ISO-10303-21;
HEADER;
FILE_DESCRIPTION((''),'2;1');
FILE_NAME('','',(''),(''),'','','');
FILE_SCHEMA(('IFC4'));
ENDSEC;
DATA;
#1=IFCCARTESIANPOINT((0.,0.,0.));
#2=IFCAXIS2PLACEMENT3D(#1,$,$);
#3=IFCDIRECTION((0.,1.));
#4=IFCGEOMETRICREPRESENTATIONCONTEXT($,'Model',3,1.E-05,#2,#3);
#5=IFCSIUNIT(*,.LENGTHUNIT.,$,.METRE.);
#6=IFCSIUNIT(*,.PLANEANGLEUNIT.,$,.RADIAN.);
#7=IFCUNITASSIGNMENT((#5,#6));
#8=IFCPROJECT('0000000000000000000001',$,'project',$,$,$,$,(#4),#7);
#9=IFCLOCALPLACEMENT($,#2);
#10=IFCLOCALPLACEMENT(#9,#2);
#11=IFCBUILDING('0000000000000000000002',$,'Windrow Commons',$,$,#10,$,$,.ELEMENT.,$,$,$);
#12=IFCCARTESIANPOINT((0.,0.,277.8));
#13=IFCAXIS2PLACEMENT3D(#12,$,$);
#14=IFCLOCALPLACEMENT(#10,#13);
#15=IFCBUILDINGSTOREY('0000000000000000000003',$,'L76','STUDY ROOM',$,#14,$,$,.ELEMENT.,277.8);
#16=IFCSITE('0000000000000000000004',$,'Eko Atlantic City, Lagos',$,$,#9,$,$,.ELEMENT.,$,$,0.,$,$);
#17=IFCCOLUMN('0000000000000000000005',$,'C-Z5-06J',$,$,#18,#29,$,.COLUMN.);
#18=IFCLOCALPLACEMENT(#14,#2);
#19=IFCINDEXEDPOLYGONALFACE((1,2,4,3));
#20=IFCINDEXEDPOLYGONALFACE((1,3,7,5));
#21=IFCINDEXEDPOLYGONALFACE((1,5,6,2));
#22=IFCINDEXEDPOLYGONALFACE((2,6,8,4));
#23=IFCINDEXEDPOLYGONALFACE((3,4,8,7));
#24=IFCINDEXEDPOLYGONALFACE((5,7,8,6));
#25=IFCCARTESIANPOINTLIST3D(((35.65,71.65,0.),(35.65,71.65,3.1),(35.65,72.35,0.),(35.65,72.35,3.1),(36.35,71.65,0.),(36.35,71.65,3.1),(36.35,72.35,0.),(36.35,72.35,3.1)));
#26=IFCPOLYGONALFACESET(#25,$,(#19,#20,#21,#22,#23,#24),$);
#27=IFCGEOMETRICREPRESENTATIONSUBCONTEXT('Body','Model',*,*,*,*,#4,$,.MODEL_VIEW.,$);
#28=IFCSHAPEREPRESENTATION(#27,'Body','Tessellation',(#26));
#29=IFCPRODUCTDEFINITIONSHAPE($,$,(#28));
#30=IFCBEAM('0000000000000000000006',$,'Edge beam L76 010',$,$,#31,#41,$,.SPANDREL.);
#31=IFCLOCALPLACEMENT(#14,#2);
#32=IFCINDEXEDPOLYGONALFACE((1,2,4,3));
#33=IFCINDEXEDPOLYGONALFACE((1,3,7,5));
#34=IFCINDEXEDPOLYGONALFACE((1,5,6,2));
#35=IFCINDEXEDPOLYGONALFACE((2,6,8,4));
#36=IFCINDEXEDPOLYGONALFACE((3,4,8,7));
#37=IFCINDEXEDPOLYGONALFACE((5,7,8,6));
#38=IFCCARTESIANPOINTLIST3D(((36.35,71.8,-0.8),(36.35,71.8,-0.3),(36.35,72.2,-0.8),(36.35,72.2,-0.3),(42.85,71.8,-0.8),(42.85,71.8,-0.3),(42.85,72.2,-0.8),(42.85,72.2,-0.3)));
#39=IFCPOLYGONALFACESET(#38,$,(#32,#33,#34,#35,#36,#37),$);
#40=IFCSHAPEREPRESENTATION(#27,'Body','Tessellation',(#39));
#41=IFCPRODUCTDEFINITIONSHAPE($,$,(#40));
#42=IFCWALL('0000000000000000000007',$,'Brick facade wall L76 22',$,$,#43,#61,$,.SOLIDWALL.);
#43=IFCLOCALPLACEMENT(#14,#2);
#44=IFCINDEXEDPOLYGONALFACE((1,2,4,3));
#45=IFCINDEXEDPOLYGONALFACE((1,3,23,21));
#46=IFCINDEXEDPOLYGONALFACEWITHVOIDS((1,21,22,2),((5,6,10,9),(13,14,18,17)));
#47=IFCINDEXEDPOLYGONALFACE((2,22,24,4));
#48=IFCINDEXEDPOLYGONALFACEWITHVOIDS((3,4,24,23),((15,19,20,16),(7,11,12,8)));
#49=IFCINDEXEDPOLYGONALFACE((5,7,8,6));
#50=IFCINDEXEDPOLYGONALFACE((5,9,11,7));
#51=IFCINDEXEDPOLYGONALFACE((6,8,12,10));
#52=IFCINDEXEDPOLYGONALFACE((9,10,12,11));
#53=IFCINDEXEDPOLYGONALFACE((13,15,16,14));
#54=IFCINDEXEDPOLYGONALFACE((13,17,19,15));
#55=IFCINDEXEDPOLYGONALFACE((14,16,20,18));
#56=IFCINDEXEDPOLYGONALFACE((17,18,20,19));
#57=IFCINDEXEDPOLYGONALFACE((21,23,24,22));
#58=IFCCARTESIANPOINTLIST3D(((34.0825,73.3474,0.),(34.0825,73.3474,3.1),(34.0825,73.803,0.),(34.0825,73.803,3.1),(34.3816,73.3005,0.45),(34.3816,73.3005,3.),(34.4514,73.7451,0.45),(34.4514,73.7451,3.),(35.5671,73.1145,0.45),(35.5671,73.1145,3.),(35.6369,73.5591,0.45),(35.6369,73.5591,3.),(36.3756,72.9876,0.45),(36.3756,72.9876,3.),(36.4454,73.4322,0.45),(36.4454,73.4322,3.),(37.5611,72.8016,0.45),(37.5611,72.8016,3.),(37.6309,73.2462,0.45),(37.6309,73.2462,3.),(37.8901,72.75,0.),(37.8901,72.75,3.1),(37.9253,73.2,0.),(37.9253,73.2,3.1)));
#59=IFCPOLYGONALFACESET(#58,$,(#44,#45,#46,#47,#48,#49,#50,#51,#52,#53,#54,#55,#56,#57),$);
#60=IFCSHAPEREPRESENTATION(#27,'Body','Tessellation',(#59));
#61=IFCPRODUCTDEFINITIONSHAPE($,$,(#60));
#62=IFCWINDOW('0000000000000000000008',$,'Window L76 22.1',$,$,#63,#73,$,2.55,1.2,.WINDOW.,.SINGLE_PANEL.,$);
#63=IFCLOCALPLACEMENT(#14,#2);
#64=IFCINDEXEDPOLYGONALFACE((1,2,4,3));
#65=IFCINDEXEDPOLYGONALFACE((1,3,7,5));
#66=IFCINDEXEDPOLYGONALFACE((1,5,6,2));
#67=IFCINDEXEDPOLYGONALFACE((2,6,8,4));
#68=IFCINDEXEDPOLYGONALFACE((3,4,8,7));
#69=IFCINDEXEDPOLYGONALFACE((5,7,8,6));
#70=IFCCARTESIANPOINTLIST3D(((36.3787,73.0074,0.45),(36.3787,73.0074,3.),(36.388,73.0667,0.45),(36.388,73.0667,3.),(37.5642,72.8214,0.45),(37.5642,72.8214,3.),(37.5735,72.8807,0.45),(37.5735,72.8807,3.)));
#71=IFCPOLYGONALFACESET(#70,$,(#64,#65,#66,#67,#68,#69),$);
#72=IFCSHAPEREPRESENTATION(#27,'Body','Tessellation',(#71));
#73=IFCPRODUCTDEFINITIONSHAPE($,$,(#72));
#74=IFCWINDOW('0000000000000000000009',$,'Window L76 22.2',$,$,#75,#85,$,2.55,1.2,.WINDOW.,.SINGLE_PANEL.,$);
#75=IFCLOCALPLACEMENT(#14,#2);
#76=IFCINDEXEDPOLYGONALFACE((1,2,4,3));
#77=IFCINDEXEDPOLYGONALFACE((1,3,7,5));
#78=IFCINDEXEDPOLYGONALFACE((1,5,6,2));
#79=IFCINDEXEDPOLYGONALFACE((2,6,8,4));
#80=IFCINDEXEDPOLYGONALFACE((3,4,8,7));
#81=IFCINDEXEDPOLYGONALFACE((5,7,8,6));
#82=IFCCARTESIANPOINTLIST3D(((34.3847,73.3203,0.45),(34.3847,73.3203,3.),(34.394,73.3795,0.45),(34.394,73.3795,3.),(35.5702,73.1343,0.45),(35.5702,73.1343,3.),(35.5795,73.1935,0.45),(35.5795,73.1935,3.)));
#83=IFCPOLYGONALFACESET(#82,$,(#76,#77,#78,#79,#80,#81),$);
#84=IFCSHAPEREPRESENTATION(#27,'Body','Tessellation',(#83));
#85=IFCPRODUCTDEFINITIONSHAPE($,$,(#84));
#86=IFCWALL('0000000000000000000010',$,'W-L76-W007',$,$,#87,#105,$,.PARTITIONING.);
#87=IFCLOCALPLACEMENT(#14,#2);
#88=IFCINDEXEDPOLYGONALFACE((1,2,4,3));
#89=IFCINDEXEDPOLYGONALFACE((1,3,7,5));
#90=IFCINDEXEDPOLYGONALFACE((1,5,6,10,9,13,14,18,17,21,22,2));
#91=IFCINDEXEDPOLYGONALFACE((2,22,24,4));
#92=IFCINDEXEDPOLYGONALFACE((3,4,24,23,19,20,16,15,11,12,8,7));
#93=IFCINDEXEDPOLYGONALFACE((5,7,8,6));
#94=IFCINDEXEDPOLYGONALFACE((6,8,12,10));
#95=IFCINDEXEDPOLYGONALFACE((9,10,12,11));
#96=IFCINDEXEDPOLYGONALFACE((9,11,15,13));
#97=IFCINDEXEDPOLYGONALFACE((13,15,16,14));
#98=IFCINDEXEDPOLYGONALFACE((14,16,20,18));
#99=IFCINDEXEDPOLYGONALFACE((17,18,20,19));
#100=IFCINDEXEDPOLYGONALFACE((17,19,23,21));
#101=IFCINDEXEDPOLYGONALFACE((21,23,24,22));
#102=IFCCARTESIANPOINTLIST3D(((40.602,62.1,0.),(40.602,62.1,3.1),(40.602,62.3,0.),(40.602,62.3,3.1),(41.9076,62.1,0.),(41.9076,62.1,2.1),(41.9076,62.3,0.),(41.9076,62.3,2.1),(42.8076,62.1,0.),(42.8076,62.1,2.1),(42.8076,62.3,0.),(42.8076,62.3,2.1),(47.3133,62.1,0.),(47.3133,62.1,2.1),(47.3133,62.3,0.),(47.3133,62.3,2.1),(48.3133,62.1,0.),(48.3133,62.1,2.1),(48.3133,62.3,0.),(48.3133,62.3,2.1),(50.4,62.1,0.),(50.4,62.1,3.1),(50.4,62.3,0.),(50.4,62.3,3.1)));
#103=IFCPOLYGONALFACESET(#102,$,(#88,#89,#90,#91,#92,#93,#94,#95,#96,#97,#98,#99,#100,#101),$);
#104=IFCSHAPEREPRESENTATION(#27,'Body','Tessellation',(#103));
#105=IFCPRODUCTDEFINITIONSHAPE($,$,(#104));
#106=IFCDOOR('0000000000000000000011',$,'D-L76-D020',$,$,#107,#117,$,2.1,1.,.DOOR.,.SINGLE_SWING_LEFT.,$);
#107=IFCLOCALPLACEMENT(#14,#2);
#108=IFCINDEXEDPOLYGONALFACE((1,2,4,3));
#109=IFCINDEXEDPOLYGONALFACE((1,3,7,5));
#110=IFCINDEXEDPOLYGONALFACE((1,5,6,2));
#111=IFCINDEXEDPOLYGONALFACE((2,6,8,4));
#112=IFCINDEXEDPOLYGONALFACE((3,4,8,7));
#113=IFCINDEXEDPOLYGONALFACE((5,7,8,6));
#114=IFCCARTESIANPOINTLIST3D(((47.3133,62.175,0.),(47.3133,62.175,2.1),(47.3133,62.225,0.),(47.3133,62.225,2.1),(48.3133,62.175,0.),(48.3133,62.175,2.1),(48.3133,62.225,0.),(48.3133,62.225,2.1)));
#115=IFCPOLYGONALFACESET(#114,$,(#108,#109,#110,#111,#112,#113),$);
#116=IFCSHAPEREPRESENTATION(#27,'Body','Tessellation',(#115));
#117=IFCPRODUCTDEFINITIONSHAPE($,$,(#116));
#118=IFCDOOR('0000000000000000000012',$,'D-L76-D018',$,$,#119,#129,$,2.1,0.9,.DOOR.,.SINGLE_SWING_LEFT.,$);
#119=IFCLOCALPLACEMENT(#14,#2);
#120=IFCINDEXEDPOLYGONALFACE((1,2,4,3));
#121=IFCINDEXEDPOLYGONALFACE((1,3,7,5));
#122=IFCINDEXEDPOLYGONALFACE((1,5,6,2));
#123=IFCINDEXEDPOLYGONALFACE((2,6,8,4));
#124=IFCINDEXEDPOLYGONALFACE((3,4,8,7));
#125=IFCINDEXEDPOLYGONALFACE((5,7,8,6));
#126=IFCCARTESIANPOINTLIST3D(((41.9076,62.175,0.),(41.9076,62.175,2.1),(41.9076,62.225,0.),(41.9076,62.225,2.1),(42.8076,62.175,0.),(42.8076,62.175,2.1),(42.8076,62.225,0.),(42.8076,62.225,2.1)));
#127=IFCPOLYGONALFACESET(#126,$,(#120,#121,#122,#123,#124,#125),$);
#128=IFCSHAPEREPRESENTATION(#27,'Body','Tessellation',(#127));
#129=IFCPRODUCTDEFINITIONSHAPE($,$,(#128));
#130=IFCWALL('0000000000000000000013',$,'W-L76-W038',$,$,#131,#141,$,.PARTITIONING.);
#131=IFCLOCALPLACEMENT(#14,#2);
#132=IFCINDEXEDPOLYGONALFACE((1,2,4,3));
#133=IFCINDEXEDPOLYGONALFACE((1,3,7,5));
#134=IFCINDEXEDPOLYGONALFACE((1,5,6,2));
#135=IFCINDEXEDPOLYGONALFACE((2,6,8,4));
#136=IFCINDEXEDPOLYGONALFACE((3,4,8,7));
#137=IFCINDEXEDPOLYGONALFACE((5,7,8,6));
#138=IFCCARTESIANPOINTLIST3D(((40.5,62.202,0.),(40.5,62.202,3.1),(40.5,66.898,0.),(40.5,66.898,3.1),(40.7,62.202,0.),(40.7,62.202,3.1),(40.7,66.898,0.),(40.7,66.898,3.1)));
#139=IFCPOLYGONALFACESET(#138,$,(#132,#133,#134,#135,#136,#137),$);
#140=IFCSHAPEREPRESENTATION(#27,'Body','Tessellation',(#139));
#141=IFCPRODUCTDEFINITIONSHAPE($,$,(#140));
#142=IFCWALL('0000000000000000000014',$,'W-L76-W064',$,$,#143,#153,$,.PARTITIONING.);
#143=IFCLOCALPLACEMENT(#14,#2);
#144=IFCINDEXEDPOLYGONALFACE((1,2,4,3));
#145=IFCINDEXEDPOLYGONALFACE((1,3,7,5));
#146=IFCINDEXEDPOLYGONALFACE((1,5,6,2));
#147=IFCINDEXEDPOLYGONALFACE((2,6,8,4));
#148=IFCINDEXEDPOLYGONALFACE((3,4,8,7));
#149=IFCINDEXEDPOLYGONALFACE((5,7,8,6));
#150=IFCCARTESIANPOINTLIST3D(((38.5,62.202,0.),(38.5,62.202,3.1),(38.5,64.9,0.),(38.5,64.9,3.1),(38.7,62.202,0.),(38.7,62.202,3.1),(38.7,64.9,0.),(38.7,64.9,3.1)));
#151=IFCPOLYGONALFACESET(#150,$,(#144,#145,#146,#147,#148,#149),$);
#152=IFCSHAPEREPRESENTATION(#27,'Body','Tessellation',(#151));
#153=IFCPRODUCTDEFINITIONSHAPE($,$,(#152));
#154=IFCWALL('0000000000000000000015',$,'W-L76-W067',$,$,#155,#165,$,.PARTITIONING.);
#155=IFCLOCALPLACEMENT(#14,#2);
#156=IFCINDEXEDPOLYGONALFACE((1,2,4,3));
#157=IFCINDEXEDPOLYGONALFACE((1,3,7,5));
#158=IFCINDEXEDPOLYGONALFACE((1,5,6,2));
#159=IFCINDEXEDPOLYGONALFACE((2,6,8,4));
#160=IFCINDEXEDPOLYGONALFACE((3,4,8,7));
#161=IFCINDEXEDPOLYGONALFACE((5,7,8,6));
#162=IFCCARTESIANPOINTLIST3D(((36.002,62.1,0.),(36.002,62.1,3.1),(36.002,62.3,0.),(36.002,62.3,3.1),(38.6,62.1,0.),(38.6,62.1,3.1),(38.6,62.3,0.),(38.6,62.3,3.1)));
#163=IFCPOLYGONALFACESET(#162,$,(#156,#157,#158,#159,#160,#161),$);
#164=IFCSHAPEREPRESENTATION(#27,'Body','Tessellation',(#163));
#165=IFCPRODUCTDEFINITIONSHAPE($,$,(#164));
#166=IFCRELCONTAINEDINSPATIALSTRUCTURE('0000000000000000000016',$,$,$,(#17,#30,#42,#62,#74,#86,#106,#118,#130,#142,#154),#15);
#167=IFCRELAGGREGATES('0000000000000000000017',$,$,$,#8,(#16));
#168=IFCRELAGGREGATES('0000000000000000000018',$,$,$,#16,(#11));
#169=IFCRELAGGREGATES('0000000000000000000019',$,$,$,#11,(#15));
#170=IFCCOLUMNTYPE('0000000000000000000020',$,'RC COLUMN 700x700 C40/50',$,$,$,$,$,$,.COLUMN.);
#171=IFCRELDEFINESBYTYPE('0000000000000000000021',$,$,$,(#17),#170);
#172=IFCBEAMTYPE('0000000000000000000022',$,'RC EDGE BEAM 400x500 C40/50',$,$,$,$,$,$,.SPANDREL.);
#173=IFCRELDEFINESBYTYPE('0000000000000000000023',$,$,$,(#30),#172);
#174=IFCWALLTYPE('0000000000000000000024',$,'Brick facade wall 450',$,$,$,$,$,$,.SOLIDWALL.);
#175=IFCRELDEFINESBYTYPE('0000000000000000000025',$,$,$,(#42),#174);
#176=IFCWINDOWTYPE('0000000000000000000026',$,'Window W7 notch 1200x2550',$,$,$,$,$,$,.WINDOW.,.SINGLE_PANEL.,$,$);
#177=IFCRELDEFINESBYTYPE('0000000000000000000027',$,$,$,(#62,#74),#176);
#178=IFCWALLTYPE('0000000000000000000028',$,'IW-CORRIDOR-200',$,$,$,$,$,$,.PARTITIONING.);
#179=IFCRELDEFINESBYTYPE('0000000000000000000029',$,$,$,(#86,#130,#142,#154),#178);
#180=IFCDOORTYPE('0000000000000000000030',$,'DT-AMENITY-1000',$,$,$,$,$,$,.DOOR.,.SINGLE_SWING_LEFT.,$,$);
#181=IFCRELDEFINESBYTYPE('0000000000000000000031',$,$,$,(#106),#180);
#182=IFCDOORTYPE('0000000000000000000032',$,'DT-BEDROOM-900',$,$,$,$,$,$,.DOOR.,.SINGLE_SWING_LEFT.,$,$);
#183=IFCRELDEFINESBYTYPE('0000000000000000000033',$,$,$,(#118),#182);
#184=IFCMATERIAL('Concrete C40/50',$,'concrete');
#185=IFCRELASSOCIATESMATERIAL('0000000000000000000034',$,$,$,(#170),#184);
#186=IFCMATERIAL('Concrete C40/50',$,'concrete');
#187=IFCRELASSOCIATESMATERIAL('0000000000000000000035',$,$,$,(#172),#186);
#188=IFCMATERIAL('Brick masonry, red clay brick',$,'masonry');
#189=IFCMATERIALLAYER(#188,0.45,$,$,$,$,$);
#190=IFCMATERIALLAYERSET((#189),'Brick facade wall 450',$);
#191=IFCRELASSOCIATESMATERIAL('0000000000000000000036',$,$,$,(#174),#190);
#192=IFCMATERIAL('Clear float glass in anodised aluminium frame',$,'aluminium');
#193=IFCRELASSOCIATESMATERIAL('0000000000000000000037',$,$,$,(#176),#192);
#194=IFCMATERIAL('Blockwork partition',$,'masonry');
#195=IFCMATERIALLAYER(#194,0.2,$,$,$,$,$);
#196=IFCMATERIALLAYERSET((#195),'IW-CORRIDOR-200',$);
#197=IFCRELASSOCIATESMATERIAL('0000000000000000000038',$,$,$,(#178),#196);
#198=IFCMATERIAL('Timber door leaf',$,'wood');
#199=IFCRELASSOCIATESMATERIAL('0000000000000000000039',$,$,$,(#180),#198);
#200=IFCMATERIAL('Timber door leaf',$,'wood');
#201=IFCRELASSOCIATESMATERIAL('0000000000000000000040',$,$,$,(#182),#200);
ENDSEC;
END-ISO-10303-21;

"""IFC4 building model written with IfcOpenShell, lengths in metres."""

from ifc_helpers import new_model, si_unit, direction, frame, frame_2d, origin, origin_2d, place, context, subcontext, project, spatial, polyline, rectangle, outline, extrude, material, layer, layer_set, material_profile, profile_set, type_object, element, fill, save


model = new_model("IFC4")

# Units and contexts
model_context = context("Model", 3, precision=1e-05, world=origin(), true_north=direction((0.0, 1.0)))
body_context = subcontext(model_context, "Body", "Model", "MODEL_VIEW")
ifc_project = project(units=[si_unit("LENGTHUNIT", "METRE"), si_unit("PLANEANGLEUNIT", "RADIAN")], contexts=[model_context])

# Site, building, storey
site_placement = place(None, origin())
site = spatial("IfcSite", under=ifc_project, at=site_placement, Name="Eko Atlantic City, Lagos", CompositionType="ELEMENT", RefElevation=0.0)
building_placement = place(site_placement, origin())
building = spatial("IfcBuilding", under=site, at=building_placement, Name="Windrow Commons", CompositionType="ELEMENT")
storey_placement = place(building_placement, frame((0.0, 0.0, 277.8)))
storey = spatial("IfcBuildingStorey", under=building, at=storey_placement, Name="L76", Description="STUDY ROOM", CompositionType="ELEMENT", Elevation=277.8)

# Column
ifc_material_1 = material(Name="Concrete C40/50", Category="concrete")
ifc_material_profile_1 = material_profile(ifc_material_1, rectangle(XDim=0.7, YDim=0.7, at=origin_2d()))
ifc_profile_set_1 = profile_set([ifc_material_profile_1], Name="Concrete C40/50")
column_type = type_object("IfcColumnType", Name="RC COLUMN 700x700 C40/50", PredefinedType="COLUMN", material=ifc_profile_set_1)
column_placement = place(storey_placement, frame((36.0, 72.0, 0.0), z_axis=(0.0, 0.0, 1.0), x_axis=(1.0, 0.0, 0.0)))
element("IfcColumn", 1, at=column_placement, inside=storey, type_object=column_type, Name="C-Z5-06J", PredefinedType="COLUMN", context=body_context, shape_type="SweptSolid", body=[
    extrude(rectangle(XDim=0.7, YDim=0.7, at=origin_2d()), origin(), (0.0, 0.0, 1.0), 3.1),
])

# Beam
ifc_material_2 = material(Name="Concrete C40/50", Category="concrete")
ifc_material_profile_2 = material_profile(ifc_material_2, rectangle(XDim=0.4, YDim=0.5, at=origin_2d()))
ifc_profile_set_2 = profile_set([ifc_material_profile_2], Name="Concrete C40/50")
beam_type = type_object("IfcBeamType", Name="RC EDGE BEAM 400x500 C40/50", PredefinedType="SPANDREL", material=ifc_profile_set_2)
beam_placement = place(storey_placement, frame((36.35, 72.0, -0.55), z_axis=(1.0, 0.0, 0.0), x_axis=(0.0, 1.0, 0.0)))
element("IfcBeam", 2, at=beam_placement, inside=storey, type_object=beam_type, Name="Edge beam L76 010", PredefinedType="SPANDREL", context=body_context, shape_type="SweptSolid", body=[
    extrude(rectangle(XDim=0.4, YDim=0.5, at=origin_2d()), origin(), (0.0, 0.0, 1.0), 6.5),
])

# Wall, openings, windows
ifc_material_3 = material(Name="Brick masonry, red clay brick", Category="masonry")
ifc_layer_1 = layer(ifc_material_3, 0.45)
ifc_layer_set_1 = layer_set([ifc_layer_1], Name="Brick facade wall 450")
wall_type_1 = type_object("IfcWallType", Name="Brick facade wall 450", PredefinedType="SOLIDWALL", material=ifc_layer_set_1)
wall_1_placement = place(storey_placement, frame((37.9077, 72.975, 0.0), z_axis=(0.0, 0.0, 1.0), x_axis=(-0.987913, 0.15501, 0.0)))
wall_1 = element("IfcWall", 3, at=wall_1_placement, inside=storey, type_object=wall_type_1, Name="Brick facade wall L76 22", PredefinedType="SOLIDWALL", context=body_context, shape_type="SweptSolid", body=[
    extrude(outline(polyline([(0.0175, -0.225), (3.9073, -0.225), (3.8367, 0.225), (-0.0175, 0.225), (0.0175, -0.225)])), origin(), (0.0, 0.0, 1.0), 3.1),
])
opening_1_placement = place(wall_1_placement, frame((0.3155, 0.0, 0.45)))
opening_1 = element("IfcOpeningElement", 4, at=opening_1_placement, cuts=wall_1, PredefinedType="OPENING", context=body_context, shape_type="SweptSolid", body=[
    extrude(rectangle(XDim=1.2, YDim=2.55, at=frame_2d((0.6, 1.275))), frame((0.0, 0.235, 0.0), z_axis=(0.0, -1.0, 0.0), x_axis=(1.0, 0.0, 0.0)), (0.0, 0.0, 1.0), 0.47),
])
opening_2_placement = place(wall_1_placement, frame((2.3339, 0.0, 0.45)))
opening_2 = element("IfcOpeningElement", 5, at=opening_2_placement, cuts=wall_1, PredefinedType="OPENING", context=body_context, shape_type="SweptSolid", body=[
    extrude(rectangle(XDim=1.2, YDim=2.55, at=frame_2d((0.6, 1.275))), frame((0.0, 0.235, 0.0), z_axis=(0.0, -1.0, 0.0), x_axis=(1.0, 0.0, 0.0)), (0.0, 0.0, 1.0), 0.47),
])
ifc_material_4 = material(Name="Clear float glass in anodised aluminium frame", Category="aluminium")
window_type = type_object("IfcWindowType", Name="Window W7 notch 1200x2550", PartitioningType="SINGLE_PANEL", PredefinedType="WINDOW", material=ifc_material_4)
window_1_placement = place(opening_1_placement, origin())
window_1 = element("IfcWindow", 6, at=window_1_placement, inside=storey, type_object=window_type, Name="Window L76 22.1", OverallHeight=2.55, OverallWidth=1.2, PartitioningType="SINGLE_PANEL", PredefinedType="WINDOW", context=body_context, shape_type="SweptSolid", body=[
    extrude(rectangle(XDim=1.2, YDim=2.55, at=frame_2d((0.6, 1.275))), frame((0.0, 0.205, 0.0), z_axis=(0.0, -1.0, 0.0), x_axis=(1.0, 0.0, 0.0)), (0.0, 0.0, 1.0), 0.06),
])
fill(opening_1, window_1)
window_2_placement = place(opening_2_placement, origin())
window_2 = element("IfcWindow", 7, at=window_2_placement, inside=storey, type_object=window_type, Name="Window L76 22.2", OverallHeight=2.55, OverallWidth=1.2, PartitioningType="SINGLE_PANEL", PredefinedType="WINDOW", context=body_context, shape_type="SweptSolid", body=[
    extrude(rectangle(XDim=1.2, YDim=2.55, at=frame_2d((0.6, 1.275))), frame((0.0, 0.205, 0.0), z_axis=(0.0, -1.0, 0.0), x_axis=(1.0, 0.0, 0.0)), (0.0, 0.0, 1.0), 0.06),
])
fill(opening_2, window_2)

# Wall, openings, doors
ifc_material_5 = material(Name="Blockwork partition", Category="masonry")
ifc_layer_2 = layer(ifc_material_5, 0.2)
ifc_layer_set_2 = layer_set([ifc_layer_2], Name="IW-CORRIDOR-200")
wall_type_2 = type_object("IfcWallType", Name="IW-CORRIDOR-200", PredefinedType="PARTITIONING", material=ifc_layer_set_2)
wall_2_placement = place(storey_placement, frame((40.602, 62.2, 0.0), z_axis=(0.0, 0.0, 1.0), x_axis=(1.0, 0.0, 0.0)))
wall_2 = element("IfcWall", 8, at=wall_2_placement, inside=storey, type_object=wall_type_2, Name="W-L76-W007", PredefinedType="PARTITIONING", context=body_context, shape_type="SweptSolid", body=[
    extrude(rectangle(XDim=9.798, YDim=0.2, at=frame_2d((4.899, 0.0))), origin(), (0.0, 0.0, 1.0), 3.1),
])
opening_3_placement = place(wall_2_placement, frame((1.3056, 0.0, 0.0)))
opening_3 = element("IfcOpeningElement", 9, at=opening_3_placement, cuts=wall_2, PredefinedType="OPENING", context=body_context, shape_type="SweptSolid", body=[
    extrude(rectangle(XDim=0.9, YDim=2.1, at=frame_2d((0.45, 1.05))), frame((0.0, 0.11, 0.0), z_axis=(0.0, -1.0, 0.0), x_axis=(1.0, 0.0, 0.0)), (0.0, 0.0, 1.0), 0.22),
])
opening_4_placement = place(wall_2_placement, frame((6.7113, 0.0, 0.0)))
opening_4 = element("IfcOpeningElement", 10, at=opening_4_placement, cuts=wall_2, PredefinedType="OPENING", context=body_context, shape_type="SweptSolid", body=[
    extrude(rectangle(XDim=1.0, YDim=2.1, at=frame_2d((0.5, 1.05))), frame((0.0, 0.11, 0.0), z_axis=(0.0, -1.0, 0.0), x_axis=(1.0, 0.0, 0.0)), (0.0, 0.0, 1.0), 0.22),
])
ifc_material_6 = material(Name="Timber door leaf", Category="wood")
door_type_1 = type_object("IfcDoorType", Name="DT-AMENITY-1000", OperationType="SINGLE_SWING_LEFT", PredefinedType="DOOR", material=ifc_material_6)
door_1_placement = place(opening_4_placement, origin())
door_1 = element("IfcDoor", 11, at=door_1_placement, inside=storey, type_object=door_type_1, Name="D-L76-D020", OperationType="SINGLE_SWING_LEFT", OverallHeight=2.1, OverallWidth=1.0, PredefinedType="DOOR", context=body_context, shape_type="SweptSolid", body=[
    extrude(rectangle(XDim=1.0, YDim=2.1, at=frame_2d((0.5, 1.05))), frame((0.0, 0.025, 0.0), z_axis=(0.0, -1.0, 0.0), x_axis=(1.0, 0.0, 0.0)), (0.0, 0.0, 1.0), 0.05),
])
fill(opening_4, door_1)
ifc_material_7 = material(Name="Timber door leaf", Category="wood")
door_type_2 = type_object("IfcDoorType", Name="DT-BEDROOM-900", OperationType="SINGLE_SWING_LEFT", PredefinedType="DOOR", material=ifc_material_7)
door_2_placement = place(opening_3_placement, origin())
door_2 = element("IfcDoor", 12, at=door_2_placement, inside=storey, type_object=door_type_2, Name="D-L76-D018", OperationType="SINGLE_SWING_LEFT", OverallHeight=2.1, OverallWidth=0.9, PredefinedType="DOOR", context=body_context, shape_type="SweptSolid", body=[
    extrude(rectangle(XDim=0.9, YDim=2.1, at=frame_2d((0.45, 1.05))), frame((0.0, 0.025, 0.0), z_axis=(0.0, -1.0, 0.0), x_axis=(1.0, 0.0, 0.0)), (0.0, 0.0, 1.0), 0.05),
])
fill(opening_3, door_2)

# Walls
wall_3_placement = place(storey_placement, frame((40.6, 62.202, 0.0), z_axis=(0.0, 0.0, 1.0), x_axis=(0.0, 1.0, 0.0)))
element("IfcWall", 13, at=wall_3_placement, inside=storey, type_object=wall_type_2, Name="W-L76-W038", PredefinedType="PARTITIONING", context=body_context, shape_type="SweptSolid", body=[
    extrude(rectangle(XDim=4.696, YDim=0.2, at=frame_2d((2.348, 0.0))), origin(), (0.0, 0.0, 1.0), 3.1),
])
wall_4_placement = place(storey_placement, frame((38.6, 62.202, 0.0), z_axis=(0.0, 0.0, 1.0), x_axis=(0.0, 1.0, 0.0)))
element("IfcWall", 14, at=wall_4_placement, inside=storey, type_object=wall_type_2, Name="W-L76-W064", PredefinedType="PARTITIONING", context=body_context, shape_type="SweptSolid", body=[
    extrude(rectangle(XDim=2.698, YDim=0.2, at=frame_2d((1.349, 0.0))), origin(), (0.0, 0.0, 1.0), 3.1),
])
wall_5_placement = place(storey_placement, frame((36.002, 62.2, 0.0), z_axis=(0.0, 0.0, 1.0), x_axis=(1.0, 0.0, 0.0)))
element("IfcWall", 15, at=wall_5_placement, inside=storey, type_object=wall_type_2, Name="W-L76-W067", PredefinedType="PARTITIONING", context=body_context, shape_type="SweptSolid", body=[
    extrude(rectangle(XDim=2.598, YDim=0.2, at=frame_2d((1.299, 0.0))), origin(), (0.0, 0.0, 1.0), 3.1),
])

save(model, "model.ifc")
